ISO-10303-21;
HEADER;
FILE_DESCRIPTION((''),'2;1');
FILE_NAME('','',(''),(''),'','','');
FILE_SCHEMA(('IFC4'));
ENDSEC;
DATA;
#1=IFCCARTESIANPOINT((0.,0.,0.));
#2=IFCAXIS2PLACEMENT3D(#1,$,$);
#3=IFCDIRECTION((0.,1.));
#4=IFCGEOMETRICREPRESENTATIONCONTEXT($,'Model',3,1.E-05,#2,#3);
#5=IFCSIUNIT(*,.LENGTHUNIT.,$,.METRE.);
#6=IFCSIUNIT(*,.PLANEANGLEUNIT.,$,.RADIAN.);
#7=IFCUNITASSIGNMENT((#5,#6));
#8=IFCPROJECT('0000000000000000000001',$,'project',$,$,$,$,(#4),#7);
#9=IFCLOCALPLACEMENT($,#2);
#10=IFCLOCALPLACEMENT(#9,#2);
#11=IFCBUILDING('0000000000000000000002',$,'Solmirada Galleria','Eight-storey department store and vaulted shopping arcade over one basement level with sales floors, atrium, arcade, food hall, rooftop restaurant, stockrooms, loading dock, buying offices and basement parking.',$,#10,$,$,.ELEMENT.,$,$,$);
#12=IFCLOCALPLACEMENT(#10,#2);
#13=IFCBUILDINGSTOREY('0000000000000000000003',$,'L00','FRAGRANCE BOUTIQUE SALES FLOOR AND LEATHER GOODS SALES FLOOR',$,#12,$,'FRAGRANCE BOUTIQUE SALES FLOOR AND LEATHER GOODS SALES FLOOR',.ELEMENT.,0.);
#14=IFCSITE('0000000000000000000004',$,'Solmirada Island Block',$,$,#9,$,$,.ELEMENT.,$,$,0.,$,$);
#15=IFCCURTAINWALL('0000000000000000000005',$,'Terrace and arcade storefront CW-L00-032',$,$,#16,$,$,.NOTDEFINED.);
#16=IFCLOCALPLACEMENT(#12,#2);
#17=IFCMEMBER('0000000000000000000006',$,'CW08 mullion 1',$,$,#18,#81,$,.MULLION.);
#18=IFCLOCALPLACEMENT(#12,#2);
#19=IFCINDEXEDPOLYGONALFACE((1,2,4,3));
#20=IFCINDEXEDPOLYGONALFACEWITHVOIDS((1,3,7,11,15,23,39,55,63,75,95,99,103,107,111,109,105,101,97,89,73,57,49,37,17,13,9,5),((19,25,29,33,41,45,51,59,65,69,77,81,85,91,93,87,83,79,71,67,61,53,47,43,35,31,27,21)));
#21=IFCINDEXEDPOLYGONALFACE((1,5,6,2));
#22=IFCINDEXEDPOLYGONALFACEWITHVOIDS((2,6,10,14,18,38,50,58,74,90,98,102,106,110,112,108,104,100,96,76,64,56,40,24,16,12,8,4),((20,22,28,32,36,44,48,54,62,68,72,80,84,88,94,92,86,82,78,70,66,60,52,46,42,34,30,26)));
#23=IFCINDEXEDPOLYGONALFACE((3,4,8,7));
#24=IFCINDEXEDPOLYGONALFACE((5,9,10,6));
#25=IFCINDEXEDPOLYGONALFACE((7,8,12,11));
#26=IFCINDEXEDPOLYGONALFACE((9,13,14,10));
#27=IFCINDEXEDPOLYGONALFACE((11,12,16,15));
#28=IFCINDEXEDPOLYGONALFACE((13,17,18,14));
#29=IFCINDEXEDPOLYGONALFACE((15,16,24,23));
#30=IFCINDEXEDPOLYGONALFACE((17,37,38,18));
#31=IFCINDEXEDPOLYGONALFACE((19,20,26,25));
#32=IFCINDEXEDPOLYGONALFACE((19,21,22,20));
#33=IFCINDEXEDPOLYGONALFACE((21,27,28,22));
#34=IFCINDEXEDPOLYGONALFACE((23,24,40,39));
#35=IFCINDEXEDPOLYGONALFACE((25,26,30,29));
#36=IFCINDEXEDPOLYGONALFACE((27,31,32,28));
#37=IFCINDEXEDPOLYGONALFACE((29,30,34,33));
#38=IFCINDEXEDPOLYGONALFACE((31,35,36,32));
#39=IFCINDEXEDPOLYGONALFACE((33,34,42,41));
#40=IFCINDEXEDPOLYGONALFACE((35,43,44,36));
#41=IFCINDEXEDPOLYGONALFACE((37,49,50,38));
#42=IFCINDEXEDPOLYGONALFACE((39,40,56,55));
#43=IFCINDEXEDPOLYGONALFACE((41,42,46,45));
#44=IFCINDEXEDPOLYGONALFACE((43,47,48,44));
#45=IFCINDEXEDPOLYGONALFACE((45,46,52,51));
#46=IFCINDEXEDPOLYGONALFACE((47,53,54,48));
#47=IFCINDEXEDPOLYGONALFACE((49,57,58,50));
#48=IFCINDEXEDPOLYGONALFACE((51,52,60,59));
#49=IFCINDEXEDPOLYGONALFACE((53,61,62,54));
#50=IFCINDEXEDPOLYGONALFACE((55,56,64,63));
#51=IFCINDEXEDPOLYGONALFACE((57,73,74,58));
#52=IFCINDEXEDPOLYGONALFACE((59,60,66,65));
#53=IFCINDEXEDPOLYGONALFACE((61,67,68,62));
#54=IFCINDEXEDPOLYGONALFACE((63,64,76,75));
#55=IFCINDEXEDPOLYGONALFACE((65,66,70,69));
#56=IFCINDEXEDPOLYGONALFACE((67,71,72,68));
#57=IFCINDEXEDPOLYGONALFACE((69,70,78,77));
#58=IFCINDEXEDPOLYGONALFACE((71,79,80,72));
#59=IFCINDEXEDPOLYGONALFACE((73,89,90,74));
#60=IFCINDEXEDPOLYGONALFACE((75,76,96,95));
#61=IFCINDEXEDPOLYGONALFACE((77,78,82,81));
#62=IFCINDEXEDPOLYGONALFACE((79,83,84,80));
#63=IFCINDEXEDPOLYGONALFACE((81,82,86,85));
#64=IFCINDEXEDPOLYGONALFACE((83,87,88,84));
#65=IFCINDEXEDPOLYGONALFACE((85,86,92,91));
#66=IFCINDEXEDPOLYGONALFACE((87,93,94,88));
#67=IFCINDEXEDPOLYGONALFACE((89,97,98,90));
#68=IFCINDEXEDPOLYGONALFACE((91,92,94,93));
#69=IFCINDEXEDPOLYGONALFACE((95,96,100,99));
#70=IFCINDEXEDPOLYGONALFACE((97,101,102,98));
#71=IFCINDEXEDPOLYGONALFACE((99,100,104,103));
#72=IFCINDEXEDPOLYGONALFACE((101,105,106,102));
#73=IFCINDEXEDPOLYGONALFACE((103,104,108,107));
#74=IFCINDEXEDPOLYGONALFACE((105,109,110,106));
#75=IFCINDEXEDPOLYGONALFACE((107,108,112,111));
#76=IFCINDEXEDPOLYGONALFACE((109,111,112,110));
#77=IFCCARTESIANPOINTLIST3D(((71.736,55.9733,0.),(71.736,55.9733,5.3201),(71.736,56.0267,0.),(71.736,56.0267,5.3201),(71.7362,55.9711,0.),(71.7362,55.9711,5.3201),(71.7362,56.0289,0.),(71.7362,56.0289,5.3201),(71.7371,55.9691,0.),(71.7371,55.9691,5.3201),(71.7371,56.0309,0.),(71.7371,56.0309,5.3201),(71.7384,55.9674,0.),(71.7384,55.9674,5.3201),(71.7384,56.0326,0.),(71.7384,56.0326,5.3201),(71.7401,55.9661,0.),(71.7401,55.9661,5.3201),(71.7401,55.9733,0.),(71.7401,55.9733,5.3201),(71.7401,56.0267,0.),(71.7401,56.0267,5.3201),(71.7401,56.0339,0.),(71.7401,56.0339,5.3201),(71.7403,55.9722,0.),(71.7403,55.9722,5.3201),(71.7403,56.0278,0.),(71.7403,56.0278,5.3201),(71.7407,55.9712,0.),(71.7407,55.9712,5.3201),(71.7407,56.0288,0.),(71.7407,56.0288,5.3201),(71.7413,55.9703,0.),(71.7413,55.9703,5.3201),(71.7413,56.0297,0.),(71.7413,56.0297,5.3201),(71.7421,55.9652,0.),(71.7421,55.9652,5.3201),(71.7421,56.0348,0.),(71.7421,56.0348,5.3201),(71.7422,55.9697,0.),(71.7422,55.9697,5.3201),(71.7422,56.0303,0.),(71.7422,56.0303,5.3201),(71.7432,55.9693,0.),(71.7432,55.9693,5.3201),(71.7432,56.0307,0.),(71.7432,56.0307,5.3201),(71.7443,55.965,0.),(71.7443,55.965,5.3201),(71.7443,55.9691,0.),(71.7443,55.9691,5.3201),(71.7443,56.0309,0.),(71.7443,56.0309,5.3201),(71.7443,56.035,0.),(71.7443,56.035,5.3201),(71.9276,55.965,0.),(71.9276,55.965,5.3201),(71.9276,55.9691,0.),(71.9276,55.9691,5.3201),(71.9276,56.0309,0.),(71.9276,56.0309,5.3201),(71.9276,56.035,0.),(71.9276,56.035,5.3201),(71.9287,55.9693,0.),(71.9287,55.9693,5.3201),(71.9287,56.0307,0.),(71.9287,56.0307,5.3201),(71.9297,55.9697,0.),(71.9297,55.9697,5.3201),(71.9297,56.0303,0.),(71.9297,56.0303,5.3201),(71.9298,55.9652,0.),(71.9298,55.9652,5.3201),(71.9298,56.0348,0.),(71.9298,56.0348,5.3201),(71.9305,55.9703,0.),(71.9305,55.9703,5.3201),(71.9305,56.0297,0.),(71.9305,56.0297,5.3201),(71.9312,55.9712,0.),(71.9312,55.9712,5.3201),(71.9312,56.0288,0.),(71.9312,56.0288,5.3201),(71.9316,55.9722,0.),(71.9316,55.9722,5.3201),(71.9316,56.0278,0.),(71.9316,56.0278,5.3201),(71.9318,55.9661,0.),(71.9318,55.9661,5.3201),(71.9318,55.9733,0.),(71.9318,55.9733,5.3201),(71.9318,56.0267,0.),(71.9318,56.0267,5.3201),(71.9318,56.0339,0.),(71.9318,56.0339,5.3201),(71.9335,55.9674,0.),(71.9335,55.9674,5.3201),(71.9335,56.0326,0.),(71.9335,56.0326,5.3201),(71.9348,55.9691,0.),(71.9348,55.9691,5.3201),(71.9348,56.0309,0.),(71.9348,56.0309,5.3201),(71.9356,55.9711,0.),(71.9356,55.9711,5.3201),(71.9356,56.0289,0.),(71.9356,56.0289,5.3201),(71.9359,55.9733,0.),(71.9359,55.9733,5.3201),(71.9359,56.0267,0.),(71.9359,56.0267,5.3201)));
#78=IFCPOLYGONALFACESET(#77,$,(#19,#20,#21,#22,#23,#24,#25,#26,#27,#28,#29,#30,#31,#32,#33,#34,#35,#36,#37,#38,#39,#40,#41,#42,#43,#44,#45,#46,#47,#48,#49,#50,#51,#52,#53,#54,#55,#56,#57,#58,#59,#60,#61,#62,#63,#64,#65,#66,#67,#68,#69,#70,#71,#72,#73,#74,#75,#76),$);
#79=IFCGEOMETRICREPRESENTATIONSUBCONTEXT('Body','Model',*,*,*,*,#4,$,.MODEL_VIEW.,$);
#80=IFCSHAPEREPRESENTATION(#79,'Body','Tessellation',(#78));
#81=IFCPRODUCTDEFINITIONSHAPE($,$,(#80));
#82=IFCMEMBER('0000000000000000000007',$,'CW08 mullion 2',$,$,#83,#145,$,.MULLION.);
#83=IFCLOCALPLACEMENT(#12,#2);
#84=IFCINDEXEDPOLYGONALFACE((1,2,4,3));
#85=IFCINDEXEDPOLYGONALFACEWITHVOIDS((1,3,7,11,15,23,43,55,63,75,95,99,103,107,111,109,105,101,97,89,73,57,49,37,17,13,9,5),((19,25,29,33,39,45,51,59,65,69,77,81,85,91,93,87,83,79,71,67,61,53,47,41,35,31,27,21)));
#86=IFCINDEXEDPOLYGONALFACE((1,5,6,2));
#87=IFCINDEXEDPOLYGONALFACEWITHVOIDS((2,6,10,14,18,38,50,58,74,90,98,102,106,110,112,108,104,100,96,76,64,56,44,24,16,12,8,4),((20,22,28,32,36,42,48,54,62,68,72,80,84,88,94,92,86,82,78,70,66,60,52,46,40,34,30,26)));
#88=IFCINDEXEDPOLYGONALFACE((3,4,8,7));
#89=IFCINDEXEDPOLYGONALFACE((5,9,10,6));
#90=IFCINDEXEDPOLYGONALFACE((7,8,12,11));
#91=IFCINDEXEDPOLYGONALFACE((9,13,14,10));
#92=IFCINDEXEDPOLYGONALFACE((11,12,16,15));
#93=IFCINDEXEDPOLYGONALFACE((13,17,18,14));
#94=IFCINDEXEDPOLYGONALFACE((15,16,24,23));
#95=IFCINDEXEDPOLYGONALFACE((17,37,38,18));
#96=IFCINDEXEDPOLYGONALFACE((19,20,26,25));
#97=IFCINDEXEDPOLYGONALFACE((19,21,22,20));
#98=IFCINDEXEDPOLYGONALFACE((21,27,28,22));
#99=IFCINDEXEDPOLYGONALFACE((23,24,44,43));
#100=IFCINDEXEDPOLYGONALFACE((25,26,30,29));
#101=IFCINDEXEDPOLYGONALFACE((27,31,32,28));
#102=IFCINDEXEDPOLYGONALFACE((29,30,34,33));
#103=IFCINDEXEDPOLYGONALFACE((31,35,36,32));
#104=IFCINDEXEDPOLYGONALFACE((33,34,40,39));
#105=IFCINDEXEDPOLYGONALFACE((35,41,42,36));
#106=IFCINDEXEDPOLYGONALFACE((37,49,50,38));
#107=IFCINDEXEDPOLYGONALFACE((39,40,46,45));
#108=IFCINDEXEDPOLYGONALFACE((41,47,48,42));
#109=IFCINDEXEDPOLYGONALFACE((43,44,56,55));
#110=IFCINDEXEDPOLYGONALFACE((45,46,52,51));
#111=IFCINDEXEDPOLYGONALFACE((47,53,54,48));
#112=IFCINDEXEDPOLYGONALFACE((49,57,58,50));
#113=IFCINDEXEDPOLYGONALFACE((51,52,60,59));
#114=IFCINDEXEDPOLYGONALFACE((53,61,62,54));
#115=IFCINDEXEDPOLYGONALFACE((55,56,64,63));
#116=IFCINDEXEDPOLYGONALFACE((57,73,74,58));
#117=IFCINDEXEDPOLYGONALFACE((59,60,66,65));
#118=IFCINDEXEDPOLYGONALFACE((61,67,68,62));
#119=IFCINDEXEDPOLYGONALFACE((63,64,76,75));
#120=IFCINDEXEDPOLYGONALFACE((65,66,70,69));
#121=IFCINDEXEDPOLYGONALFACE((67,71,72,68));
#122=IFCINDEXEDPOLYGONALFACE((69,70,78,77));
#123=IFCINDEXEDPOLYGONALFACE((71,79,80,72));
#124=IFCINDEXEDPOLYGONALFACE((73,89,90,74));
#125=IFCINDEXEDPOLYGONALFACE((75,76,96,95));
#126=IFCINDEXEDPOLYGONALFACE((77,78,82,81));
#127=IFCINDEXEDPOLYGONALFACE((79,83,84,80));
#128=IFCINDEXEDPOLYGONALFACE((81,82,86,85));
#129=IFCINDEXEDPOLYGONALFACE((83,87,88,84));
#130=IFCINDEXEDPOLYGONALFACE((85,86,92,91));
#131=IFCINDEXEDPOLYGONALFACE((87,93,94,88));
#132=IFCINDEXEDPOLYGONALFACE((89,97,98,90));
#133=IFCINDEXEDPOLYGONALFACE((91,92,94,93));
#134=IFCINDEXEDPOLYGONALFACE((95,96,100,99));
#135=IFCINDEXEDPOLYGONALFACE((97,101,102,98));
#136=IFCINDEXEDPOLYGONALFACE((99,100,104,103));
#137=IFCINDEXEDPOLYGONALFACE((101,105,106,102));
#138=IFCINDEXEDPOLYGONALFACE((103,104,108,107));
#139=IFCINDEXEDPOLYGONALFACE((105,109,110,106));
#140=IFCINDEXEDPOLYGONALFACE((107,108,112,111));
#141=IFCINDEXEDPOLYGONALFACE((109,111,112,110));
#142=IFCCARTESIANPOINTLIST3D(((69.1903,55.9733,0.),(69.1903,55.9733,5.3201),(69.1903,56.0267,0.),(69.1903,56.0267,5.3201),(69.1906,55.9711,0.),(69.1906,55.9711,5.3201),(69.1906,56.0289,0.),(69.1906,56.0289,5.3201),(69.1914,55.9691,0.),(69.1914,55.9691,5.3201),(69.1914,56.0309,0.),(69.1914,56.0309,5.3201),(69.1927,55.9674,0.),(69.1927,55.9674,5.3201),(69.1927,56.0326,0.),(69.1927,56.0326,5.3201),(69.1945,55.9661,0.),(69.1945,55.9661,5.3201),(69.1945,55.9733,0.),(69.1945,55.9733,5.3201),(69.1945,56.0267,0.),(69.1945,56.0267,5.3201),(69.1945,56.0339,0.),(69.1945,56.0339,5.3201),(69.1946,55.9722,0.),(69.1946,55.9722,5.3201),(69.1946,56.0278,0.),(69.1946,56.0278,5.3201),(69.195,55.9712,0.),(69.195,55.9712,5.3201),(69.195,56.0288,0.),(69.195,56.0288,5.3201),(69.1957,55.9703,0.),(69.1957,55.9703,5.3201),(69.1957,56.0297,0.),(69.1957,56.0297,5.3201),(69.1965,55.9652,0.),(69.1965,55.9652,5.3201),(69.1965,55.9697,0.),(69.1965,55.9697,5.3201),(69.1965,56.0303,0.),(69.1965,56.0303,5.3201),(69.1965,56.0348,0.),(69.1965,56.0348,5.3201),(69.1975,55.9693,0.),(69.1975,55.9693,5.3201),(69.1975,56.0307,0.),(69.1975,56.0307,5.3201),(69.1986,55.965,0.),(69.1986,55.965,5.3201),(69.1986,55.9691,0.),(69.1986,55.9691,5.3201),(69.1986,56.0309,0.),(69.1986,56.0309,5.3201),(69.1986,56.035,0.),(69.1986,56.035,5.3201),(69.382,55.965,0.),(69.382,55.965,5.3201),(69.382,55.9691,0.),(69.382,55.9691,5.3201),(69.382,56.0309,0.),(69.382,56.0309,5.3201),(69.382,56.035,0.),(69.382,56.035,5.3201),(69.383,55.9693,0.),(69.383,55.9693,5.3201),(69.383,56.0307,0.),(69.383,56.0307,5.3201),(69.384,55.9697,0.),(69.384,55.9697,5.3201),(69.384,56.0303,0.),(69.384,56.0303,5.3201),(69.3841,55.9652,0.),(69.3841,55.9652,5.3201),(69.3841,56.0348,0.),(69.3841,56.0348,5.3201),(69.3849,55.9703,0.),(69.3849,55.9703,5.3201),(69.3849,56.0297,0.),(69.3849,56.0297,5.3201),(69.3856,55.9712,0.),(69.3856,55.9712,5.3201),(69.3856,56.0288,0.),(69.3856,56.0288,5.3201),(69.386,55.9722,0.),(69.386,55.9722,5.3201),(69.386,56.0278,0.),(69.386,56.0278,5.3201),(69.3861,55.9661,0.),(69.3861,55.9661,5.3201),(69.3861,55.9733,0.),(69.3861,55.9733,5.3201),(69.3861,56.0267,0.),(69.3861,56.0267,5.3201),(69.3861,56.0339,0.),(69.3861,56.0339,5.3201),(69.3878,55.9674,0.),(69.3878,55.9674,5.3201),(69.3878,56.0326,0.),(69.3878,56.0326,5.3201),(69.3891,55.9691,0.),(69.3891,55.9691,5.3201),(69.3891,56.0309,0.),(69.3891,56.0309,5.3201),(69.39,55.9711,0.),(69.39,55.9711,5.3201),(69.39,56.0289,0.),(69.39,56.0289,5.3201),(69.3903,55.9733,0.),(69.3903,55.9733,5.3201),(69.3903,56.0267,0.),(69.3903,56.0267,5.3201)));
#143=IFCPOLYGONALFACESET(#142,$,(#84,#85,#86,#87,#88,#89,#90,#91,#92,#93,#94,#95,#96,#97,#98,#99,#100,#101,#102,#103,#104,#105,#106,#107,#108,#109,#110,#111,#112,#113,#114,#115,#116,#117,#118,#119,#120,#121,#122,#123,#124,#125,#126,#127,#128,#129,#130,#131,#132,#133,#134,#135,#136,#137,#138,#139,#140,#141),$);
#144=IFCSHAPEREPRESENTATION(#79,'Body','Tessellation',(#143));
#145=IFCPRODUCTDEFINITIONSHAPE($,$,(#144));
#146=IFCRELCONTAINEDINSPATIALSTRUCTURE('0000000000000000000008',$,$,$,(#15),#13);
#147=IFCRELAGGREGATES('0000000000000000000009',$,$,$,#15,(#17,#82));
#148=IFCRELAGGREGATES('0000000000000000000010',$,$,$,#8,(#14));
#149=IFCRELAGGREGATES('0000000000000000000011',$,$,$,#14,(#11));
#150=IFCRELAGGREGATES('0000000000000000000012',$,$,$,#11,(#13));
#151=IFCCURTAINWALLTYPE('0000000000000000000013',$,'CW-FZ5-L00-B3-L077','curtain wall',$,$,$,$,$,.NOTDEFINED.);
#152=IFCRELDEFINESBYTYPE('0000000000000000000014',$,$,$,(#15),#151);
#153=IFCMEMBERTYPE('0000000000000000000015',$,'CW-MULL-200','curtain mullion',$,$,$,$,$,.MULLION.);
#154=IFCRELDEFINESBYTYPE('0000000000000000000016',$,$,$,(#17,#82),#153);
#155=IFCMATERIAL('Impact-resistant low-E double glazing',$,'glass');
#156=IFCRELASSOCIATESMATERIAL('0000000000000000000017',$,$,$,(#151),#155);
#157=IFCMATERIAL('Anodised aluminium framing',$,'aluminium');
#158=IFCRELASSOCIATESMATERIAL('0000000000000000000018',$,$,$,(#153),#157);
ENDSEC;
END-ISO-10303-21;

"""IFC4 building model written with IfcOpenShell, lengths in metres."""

from ifc_helpers import new_model, si_unit, direction, frame, origin, origin_2d, place, context, subcontext, project, spatial, hollow_rectangle, extrude, material, material_profile, profile_set, type_object, element, aggregate, save


model = new_model("IFC4")

# Units and contexts
model_context = context("Model", 3, precision=1e-05, world=origin(), true_north=direction((0.0, 1.0)))
body_context = subcontext(model_context, "Body", "Model", "MODEL_VIEW")
ifc_project = project(units=[si_unit("LENGTHUNIT", "METRE"), si_unit("PLANEANGLEUNIT", "RADIAN")], contexts=[model_context])

# Site, building, storey
site_placement = place(None, origin())
site = spatial("IfcSite", under=ifc_project, at=site_placement, Name="Solmirada Island Block", CompositionType="ELEMENT", RefElevation=0.0)
building_placement = place(site_placement, origin())
building = spatial("IfcBuilding", under=site, at=building_placement, Name="Solmirada Galleria", Description="Eight-storey department store and vaulted shopping arcade over one basement level with sales floors, atrium, arcade, food hall, rooftop restaurant, stockrooms, loading dock, buying offices and basement parking.", CompositionType="ELEMENT")
storey_placement = place(building_placement, origin())
storey = spatial("IfcBuildingStorey", under=building, at=storey_placement, Name="L00", Description="FRAGRANCE BOUTIQUE SALES FLOOR AND LEATHER GOODS SALES FLOOR", LongName="FRAGRANCE BOUTIQUE SALES FLOOR AND LEATHER GOODS SALES FLOOR", CompositionType="ELEMENT", Elevation=0.0)

# Curtain wall, members
ifc_material_1 = material(Name="Impact-resistant low-E double glazing", Category="glass")
curtain_wall_type = type_object("IfcCurtainWallType", Name="CW-FZ5-L00-B3-L077", Description="curtain wall", PredefinedType="NOTDEFINED", material=ifc_material_1)
ifc_material_2 = material(Name="Anodised aluminium framing", Category="aluminium")
ifc_material_profile_1 = material_profile(ifc_material_2, hollow_rectangle(XDim=0.0701, YDim=0.2, WallThickness=0.0042, InnerFilletRadius=0.0042, OuterFilletRadius=0.0083, at=origin_2d()), Name="ALU-MULL-200X70")
ifc_profile_set_1 = profile_set([ifc_material_profile_1], Name="Anodised aluminium framing")
member_type_1 = type_object("IfcMemberType", Name="CW-MULL-200", Description="curtain mullion", PredefinedType="MULLION", material=ifc_profile_set_1)
curtain_wall_1_placement = place(storey_placement, origin())
curtain_wall_1 = element("IfcCurtainWall", 1, at=curtain_wall_1_placement, inside=storey, type_object=curtain_wall_type, Name="Terrace and arcade storefront CW-L00-032", PredefinedType="NOTDEFINED")
member_1_placement = place(storey_placement, frame((71.8359, 56.0, 0.0), z_axis=(0.0, 0.0, 1.0), x_axis=(0.0, -1.0, 0.0)))
member_1 = element("IfcMember", 2, at=member_1_placement, type_object=member_type_1, Name="CW08 mullion 1", PredefinedType="MULLION", context=body_context, shape_type="SweptSolid", body=[
    extrude(hollow_rectangle(XDim=0.0701, YDim=0.2, WallThickness=0.0042, InnerFilletRadius=0.0042, OuterFilletRadius=0.0083, at=origin_2d()), origin(), (0.0, 0.0, 1.0), 5.3201),
])
member_2_placement = place(storey_placement, frame((69.2903, 56.0, 0.0), z_axis=(0.0, 0.0, 1.0), x_axis=(0.0, -1.0, 0.0)))
member_2 = element("IfcMember", 3, at=member_2_placement, type_object=member_type_1, Name="CW08 mullion 2", PredefinedType="MULLION", context=body_context, shape_type="SweptSolid", body=[
    extrude(hollow_rectangle(XDim=0.0701, YDim=0.2, WallThickness=0.0042, InnerFilletRadius=0.0042, OuterFilletRadius=0.0083, at=origin_2d()), origin(), (0.0, 0.0, 1.0), 5.3201),
])

aggregate(curtain_wall_1, [member_1, member_2])

save(model, "model.ifc")
